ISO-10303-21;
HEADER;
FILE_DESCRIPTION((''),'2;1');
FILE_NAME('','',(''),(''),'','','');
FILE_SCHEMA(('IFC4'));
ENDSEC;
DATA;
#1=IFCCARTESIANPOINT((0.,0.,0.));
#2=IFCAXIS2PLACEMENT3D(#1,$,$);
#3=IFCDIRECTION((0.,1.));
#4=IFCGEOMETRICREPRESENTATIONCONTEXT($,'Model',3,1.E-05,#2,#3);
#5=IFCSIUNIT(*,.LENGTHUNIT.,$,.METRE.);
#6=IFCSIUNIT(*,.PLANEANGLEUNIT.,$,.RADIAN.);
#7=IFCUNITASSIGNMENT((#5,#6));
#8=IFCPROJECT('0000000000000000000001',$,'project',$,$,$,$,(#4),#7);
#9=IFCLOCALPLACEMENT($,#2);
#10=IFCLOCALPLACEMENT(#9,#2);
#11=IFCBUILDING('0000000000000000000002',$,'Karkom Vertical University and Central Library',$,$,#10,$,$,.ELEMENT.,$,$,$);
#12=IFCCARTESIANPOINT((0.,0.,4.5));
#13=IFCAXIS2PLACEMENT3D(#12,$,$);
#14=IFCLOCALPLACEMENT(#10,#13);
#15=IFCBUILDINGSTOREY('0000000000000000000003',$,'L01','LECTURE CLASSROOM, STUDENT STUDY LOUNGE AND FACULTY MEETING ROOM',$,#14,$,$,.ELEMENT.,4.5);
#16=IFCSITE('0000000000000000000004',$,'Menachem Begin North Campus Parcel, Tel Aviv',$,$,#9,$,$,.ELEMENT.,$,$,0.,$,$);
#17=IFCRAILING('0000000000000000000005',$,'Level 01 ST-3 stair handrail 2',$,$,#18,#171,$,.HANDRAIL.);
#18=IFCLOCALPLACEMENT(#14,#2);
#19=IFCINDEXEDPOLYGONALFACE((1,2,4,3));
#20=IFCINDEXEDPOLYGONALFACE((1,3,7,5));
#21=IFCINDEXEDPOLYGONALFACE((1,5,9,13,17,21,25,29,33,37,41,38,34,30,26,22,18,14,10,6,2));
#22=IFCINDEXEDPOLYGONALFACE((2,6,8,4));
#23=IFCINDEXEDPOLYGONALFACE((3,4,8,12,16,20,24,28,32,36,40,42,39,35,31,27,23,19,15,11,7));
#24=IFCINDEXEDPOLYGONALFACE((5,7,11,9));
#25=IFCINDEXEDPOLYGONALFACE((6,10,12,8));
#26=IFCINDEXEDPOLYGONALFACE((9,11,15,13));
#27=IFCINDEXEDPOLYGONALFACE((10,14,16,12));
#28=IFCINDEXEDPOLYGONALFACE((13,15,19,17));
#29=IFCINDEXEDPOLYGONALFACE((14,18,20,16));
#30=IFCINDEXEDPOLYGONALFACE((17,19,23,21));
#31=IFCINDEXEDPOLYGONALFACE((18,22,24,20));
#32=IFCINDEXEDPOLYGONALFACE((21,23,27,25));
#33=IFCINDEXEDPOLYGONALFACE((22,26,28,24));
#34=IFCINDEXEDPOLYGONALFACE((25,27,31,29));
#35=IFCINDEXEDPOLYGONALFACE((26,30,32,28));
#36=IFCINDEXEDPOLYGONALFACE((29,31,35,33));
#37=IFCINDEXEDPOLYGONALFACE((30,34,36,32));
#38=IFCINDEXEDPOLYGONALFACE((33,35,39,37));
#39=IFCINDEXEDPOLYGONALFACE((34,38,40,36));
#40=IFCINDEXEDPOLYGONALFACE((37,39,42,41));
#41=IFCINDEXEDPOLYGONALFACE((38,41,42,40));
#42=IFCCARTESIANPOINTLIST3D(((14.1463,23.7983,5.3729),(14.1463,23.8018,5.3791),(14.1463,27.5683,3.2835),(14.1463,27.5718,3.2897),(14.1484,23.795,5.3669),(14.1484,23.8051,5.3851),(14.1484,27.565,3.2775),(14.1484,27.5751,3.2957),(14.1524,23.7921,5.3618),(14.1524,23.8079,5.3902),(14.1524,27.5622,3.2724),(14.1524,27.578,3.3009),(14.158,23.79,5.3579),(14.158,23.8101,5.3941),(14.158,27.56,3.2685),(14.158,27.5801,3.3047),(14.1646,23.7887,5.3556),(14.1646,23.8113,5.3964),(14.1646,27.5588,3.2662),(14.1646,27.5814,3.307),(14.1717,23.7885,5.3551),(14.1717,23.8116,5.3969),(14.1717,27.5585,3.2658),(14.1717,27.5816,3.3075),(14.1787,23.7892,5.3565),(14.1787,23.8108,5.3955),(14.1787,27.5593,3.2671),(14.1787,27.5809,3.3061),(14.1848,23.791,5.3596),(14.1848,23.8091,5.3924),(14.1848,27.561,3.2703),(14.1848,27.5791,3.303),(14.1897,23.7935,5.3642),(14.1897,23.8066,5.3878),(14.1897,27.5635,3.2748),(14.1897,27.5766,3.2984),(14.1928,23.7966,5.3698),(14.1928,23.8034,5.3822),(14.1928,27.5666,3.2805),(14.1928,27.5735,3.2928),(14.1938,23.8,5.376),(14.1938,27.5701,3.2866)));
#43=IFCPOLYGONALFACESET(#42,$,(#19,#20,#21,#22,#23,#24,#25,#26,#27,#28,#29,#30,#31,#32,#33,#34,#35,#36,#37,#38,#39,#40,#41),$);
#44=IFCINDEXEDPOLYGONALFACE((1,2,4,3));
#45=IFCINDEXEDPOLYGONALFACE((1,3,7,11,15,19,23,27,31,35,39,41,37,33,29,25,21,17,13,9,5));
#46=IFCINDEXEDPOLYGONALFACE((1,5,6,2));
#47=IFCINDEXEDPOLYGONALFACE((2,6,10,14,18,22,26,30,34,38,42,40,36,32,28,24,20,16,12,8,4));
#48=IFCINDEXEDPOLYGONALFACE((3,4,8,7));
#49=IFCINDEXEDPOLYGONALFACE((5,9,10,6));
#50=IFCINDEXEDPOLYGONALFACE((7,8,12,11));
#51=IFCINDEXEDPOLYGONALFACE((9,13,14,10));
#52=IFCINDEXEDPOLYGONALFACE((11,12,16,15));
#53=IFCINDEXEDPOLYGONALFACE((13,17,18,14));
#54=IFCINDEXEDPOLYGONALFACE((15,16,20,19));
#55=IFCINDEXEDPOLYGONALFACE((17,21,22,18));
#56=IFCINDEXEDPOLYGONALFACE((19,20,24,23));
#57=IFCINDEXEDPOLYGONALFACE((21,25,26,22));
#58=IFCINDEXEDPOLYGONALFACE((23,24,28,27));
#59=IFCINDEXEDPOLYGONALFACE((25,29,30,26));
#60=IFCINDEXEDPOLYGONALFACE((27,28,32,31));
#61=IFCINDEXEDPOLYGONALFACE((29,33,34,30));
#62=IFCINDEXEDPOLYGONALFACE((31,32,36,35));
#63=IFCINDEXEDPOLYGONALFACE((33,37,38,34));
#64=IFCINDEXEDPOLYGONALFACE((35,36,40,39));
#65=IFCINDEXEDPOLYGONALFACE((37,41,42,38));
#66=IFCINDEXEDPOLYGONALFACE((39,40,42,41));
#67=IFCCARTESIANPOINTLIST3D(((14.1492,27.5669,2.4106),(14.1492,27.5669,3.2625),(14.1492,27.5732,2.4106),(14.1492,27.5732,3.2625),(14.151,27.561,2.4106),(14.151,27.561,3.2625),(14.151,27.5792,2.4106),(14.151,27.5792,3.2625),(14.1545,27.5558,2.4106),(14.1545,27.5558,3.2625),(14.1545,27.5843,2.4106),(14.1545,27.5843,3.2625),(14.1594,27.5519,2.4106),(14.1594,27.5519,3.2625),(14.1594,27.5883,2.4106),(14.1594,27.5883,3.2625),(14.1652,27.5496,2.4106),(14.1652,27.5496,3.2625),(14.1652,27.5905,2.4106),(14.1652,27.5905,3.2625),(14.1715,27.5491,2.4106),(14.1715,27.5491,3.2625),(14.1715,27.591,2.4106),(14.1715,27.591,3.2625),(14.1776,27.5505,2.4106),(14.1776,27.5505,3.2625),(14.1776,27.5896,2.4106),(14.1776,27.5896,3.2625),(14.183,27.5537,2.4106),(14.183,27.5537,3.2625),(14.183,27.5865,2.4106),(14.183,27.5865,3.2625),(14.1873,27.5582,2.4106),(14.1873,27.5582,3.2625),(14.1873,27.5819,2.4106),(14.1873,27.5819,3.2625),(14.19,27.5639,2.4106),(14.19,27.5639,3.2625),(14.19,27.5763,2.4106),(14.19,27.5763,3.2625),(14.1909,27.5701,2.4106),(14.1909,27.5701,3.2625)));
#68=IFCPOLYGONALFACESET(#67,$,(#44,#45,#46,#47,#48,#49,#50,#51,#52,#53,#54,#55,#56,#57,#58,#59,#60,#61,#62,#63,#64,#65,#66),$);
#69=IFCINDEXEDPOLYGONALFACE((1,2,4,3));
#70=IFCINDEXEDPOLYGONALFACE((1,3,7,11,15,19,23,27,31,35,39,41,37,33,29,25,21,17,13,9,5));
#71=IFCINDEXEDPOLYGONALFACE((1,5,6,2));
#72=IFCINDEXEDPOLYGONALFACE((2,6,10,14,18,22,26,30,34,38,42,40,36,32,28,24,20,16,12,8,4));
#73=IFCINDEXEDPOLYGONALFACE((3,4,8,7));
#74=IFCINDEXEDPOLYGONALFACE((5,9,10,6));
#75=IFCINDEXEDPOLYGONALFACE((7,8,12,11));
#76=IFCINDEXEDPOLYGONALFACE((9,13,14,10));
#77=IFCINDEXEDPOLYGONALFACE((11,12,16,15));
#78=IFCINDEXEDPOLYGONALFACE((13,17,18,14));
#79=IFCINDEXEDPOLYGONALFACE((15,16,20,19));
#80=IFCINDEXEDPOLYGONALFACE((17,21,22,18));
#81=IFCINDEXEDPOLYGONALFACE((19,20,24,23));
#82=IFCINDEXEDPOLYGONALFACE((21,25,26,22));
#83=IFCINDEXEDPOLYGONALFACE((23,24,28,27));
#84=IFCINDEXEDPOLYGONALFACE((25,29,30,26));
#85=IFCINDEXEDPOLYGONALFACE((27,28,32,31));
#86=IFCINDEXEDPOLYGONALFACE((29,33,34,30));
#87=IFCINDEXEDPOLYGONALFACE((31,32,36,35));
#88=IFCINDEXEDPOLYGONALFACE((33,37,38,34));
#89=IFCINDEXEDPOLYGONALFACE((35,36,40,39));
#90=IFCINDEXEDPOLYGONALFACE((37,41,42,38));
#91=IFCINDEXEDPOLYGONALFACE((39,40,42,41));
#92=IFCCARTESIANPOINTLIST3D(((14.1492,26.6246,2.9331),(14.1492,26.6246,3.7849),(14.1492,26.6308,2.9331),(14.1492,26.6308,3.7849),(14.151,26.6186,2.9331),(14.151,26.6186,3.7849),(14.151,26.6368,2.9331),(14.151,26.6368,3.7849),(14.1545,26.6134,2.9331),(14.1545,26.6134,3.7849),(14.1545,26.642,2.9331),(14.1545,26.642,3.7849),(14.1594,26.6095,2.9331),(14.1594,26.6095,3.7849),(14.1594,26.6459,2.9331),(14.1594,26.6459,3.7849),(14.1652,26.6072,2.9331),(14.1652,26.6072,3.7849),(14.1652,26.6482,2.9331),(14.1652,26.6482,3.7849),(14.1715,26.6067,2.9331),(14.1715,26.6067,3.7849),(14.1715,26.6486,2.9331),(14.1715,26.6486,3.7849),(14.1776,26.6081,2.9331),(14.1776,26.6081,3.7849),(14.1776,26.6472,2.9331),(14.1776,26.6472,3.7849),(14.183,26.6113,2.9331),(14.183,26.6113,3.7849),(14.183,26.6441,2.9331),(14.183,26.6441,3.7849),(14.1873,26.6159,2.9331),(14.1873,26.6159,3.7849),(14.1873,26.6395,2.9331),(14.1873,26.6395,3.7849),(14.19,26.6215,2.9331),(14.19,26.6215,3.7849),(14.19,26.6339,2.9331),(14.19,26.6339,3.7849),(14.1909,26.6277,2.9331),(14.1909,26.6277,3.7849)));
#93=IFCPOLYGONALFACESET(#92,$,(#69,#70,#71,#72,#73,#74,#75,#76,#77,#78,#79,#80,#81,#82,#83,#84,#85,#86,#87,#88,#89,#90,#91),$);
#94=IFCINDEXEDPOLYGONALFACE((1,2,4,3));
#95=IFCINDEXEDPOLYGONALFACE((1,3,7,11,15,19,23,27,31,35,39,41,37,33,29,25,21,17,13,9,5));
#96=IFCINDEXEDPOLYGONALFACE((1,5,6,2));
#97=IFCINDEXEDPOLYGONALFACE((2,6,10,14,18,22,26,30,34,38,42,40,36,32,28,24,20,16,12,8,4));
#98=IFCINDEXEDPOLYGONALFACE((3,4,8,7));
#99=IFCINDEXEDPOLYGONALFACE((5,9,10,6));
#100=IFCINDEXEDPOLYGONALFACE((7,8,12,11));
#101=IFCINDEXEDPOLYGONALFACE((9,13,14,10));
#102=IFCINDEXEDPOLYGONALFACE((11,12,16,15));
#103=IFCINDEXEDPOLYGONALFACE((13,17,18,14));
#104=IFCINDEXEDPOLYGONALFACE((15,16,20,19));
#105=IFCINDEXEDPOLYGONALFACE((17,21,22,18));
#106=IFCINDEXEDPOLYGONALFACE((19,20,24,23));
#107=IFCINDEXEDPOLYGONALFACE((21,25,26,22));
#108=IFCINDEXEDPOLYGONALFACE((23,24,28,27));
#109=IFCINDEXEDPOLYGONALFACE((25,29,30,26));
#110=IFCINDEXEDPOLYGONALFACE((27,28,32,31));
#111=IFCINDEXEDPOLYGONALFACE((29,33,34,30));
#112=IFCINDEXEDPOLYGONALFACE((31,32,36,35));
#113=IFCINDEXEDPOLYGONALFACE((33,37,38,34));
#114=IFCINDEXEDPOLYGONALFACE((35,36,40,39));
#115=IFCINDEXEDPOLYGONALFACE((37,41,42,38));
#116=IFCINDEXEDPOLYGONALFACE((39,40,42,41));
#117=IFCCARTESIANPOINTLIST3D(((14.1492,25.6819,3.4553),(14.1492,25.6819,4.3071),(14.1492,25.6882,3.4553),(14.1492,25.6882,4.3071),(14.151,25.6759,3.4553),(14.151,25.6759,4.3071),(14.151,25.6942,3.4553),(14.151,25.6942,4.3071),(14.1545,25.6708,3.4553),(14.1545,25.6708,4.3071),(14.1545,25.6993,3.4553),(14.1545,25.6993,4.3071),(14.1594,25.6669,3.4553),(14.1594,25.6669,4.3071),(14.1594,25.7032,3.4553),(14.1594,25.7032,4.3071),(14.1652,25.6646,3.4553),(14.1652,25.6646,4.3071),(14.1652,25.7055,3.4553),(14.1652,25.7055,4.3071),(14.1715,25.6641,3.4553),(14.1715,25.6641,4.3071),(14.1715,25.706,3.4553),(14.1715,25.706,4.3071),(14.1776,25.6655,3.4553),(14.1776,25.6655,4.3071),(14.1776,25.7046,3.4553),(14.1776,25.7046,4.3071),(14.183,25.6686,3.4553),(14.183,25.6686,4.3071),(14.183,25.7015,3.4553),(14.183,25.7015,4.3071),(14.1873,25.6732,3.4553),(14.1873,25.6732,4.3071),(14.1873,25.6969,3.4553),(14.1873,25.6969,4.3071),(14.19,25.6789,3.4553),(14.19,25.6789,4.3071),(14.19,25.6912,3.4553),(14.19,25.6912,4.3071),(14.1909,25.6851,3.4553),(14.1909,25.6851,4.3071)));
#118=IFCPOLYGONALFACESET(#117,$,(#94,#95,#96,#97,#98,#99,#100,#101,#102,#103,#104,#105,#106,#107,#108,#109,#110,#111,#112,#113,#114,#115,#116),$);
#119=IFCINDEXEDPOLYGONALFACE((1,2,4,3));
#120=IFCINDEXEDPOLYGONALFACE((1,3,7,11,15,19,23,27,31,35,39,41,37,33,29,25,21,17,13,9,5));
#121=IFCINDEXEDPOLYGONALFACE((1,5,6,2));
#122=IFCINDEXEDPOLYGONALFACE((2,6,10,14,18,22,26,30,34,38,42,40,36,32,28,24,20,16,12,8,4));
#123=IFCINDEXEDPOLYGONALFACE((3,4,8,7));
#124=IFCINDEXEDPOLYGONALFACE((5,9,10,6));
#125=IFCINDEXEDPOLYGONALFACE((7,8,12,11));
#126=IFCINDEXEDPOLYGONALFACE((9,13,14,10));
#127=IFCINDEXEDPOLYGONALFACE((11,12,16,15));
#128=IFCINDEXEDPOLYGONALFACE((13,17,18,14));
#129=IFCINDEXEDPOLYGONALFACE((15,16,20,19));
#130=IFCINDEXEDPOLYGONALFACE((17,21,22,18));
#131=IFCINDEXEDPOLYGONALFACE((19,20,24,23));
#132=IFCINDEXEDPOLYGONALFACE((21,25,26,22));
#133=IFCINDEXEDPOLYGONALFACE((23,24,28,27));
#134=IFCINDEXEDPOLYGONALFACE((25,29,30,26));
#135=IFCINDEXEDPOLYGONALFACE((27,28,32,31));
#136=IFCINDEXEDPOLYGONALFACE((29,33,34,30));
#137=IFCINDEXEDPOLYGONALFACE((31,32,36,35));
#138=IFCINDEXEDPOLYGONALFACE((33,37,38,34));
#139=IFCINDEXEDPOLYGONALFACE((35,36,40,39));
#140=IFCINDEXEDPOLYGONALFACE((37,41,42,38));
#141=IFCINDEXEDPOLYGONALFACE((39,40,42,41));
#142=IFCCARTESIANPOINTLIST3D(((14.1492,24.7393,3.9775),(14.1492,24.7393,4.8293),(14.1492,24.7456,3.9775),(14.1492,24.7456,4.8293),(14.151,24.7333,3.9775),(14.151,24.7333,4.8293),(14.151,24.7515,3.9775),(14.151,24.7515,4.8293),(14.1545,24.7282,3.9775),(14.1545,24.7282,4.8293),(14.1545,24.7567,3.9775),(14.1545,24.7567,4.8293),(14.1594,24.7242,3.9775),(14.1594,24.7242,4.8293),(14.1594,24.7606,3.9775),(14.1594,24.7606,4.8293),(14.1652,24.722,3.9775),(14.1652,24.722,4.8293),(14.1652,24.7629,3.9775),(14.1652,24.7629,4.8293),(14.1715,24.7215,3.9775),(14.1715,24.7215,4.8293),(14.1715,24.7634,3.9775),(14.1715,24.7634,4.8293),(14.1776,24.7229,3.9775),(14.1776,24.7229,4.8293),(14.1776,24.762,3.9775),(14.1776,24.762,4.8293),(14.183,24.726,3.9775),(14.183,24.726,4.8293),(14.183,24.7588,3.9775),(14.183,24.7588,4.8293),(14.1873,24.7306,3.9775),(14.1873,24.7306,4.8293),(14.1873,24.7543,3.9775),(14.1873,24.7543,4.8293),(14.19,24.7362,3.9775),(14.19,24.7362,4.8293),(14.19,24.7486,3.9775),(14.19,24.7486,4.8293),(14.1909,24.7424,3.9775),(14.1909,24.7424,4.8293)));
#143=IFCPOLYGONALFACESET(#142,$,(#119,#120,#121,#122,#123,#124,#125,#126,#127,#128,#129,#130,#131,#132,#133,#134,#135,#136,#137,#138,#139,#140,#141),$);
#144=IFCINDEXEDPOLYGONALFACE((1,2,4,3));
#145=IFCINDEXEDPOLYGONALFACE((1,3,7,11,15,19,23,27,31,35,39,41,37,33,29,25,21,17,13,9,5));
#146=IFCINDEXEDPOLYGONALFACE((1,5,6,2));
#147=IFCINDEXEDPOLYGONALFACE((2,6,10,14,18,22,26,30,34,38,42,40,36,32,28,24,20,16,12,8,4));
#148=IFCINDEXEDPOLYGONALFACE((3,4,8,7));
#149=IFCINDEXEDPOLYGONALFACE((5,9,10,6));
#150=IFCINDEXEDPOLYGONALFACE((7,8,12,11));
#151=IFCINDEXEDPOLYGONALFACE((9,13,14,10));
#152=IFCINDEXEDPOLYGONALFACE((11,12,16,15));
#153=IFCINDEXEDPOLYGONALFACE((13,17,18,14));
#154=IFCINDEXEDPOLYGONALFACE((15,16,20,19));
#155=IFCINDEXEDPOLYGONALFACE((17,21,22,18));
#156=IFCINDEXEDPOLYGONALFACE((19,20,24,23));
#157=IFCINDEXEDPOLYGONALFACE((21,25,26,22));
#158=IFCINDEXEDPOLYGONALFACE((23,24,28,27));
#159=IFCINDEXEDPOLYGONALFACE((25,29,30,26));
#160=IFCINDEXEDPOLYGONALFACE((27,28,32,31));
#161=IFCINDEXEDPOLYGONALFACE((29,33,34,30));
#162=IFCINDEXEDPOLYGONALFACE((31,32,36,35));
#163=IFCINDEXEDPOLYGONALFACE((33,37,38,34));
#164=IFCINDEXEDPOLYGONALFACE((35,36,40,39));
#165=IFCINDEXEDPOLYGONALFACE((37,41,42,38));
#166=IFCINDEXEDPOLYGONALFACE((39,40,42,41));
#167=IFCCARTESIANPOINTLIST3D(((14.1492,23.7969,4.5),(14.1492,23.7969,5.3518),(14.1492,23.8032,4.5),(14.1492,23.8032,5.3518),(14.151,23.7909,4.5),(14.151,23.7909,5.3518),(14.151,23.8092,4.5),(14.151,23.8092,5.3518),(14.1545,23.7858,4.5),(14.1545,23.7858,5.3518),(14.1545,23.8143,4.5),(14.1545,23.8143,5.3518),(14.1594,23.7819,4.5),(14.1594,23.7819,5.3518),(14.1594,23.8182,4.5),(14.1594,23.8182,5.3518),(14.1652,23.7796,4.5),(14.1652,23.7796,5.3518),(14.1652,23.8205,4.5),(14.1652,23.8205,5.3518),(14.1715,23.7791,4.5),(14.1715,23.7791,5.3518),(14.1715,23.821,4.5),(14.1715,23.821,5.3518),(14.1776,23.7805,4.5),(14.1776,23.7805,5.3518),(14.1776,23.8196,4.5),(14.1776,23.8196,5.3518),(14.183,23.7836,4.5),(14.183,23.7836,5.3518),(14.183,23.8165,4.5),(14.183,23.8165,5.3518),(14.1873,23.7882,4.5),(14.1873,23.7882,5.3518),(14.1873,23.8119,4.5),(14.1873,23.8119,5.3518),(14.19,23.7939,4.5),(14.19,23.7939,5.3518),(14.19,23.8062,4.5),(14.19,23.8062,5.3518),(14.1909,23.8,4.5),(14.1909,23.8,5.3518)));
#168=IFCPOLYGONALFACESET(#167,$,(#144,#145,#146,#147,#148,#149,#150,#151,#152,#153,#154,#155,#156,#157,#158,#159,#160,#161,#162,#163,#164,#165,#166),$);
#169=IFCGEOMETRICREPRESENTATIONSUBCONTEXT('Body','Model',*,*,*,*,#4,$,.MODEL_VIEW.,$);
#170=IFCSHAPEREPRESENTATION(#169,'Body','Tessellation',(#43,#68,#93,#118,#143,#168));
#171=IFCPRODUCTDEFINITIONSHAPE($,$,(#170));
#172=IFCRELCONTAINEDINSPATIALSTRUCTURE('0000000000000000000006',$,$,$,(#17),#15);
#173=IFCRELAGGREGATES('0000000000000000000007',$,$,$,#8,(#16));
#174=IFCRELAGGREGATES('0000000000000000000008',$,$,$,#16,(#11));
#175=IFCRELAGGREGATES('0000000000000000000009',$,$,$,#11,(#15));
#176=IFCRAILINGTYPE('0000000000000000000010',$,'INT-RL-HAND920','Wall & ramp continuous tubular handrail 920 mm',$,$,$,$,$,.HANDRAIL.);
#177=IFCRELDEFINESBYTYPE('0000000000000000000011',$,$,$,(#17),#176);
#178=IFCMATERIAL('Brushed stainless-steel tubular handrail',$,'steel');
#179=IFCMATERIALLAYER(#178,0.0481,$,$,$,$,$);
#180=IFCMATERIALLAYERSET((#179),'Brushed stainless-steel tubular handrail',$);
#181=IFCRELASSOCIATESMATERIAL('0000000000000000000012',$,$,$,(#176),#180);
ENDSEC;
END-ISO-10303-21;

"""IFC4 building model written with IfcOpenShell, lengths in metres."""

from ifc_helpers import new_model, si_unit, direction, frame, origin, origin_2d, place, context, subcontext, project, spatial, circle, extrude, material, layer, layer_set, type_object, element, save


model = new_model("IFC4")

# Units and contexts
model_context = context("Model", 3, precision=1e-05, world=origin(), true_north=direction((0.0, 1.0)))
body_context = subcontext(model_context, "Body", "Model", "MODEL_VIEW")
ifc_project = project(units=[si_unit("LENGTHUNIT", "METRE"), si_unit("PLANEANGLEUNIT", "RADIAN")], contexts=[model_context])

# Site, building, storey
site_placement = place(None, origin())
site = spatial("IfcSite", under=ifc_project, at=site_placement, Name="Menachem Begin North Campus Parcel, Tel Aviv", CompositionType="ELEMENT", RefElevation=0.0)
building_placement = place(site_placement, origin())
building = spatial("IfcBuilding", under=site, at=building_placement, Name="Karkom Vertical University and Central Library", CompositionType="ELEMENT")
storey_placement = place(building_placement, frame((0.0, 0.0, 4.5)))
storey = spatial("IfcBuildingStorey", under=building, at=storey_placement, Name="L01", Description="LECTURE CLASSROOM, STUDENT STUDY LOUNGE AND FACULTY MEETING ROOM", CompositionType="ELEMENT", Elevation=4.5)

# Railing
ifc_material_1 = material(Name="Brushed stainless-steel tubular handrail", Category="steel")
ifc_layer_1 = layer(ifc_material_1, 0.0481)
ifc_layer_set_1 = layer_set([ifc_layer_1], Name="Brushed stainless-steel tubular handrail")
railing_type_1 = type_object("IfcRailingType", Name="INT-RL-HAND920", Description="Wall & ramp continuous tubular handrail 920 mm", PredefinedType="HANDRAIL", material=ifc_layer_set_1)
railing_1_placement = place(storey_placement, frame((14.1699, 27.5701, 2.4106)))
element("IfcRailing", 1, at=railing_1_placement, inside=storey, type_object=railing_type_1, Name="Level 01 ST-3 stair handrail 2", PredefinedType="HANDRAIL", context=body_context, shape_type="SweptSolid", body=[
    extrude(circle(Radius=0.0239, at=origin_2d()), frame((0.0, 0.0, 0.876), z_axis=(0.0, -0.874659, 0.484739), x_axis=(1.0, 0.0, 0.0)), (0.0, 0.0, 1.0), 4.3103),
    extrude(circle(Radius=0.021, at=origin_2d()), origin(), (0.0, 0.0, 1.0), 0.8518),
    extrude(circle(Radius=0.021, at=origin_2d()), frame((0.0, -0.9424, 0.5225)), (0.0, 0.0, 1.0), 0.8518),
    extrude(circle(Radius=0.021, at=origin_2d()), frame((0.0, -1.885, 1.0447)), (0.0, 0.0, 1.0), 0.8518),
    extrude(circle(Radius=0.021, at=origin_2d()), frame((0.0, -2.8276, 1.5669)), (0.0, 0.0, 1.0), 0.8518),
    extrude(circle(Radius=0.021, at=origin_2d()), frame((0.0, -3.77, 2.0894)), (0.0, 0.0, 1.0), 0.8518),
])

save(model, "model.ifc")
